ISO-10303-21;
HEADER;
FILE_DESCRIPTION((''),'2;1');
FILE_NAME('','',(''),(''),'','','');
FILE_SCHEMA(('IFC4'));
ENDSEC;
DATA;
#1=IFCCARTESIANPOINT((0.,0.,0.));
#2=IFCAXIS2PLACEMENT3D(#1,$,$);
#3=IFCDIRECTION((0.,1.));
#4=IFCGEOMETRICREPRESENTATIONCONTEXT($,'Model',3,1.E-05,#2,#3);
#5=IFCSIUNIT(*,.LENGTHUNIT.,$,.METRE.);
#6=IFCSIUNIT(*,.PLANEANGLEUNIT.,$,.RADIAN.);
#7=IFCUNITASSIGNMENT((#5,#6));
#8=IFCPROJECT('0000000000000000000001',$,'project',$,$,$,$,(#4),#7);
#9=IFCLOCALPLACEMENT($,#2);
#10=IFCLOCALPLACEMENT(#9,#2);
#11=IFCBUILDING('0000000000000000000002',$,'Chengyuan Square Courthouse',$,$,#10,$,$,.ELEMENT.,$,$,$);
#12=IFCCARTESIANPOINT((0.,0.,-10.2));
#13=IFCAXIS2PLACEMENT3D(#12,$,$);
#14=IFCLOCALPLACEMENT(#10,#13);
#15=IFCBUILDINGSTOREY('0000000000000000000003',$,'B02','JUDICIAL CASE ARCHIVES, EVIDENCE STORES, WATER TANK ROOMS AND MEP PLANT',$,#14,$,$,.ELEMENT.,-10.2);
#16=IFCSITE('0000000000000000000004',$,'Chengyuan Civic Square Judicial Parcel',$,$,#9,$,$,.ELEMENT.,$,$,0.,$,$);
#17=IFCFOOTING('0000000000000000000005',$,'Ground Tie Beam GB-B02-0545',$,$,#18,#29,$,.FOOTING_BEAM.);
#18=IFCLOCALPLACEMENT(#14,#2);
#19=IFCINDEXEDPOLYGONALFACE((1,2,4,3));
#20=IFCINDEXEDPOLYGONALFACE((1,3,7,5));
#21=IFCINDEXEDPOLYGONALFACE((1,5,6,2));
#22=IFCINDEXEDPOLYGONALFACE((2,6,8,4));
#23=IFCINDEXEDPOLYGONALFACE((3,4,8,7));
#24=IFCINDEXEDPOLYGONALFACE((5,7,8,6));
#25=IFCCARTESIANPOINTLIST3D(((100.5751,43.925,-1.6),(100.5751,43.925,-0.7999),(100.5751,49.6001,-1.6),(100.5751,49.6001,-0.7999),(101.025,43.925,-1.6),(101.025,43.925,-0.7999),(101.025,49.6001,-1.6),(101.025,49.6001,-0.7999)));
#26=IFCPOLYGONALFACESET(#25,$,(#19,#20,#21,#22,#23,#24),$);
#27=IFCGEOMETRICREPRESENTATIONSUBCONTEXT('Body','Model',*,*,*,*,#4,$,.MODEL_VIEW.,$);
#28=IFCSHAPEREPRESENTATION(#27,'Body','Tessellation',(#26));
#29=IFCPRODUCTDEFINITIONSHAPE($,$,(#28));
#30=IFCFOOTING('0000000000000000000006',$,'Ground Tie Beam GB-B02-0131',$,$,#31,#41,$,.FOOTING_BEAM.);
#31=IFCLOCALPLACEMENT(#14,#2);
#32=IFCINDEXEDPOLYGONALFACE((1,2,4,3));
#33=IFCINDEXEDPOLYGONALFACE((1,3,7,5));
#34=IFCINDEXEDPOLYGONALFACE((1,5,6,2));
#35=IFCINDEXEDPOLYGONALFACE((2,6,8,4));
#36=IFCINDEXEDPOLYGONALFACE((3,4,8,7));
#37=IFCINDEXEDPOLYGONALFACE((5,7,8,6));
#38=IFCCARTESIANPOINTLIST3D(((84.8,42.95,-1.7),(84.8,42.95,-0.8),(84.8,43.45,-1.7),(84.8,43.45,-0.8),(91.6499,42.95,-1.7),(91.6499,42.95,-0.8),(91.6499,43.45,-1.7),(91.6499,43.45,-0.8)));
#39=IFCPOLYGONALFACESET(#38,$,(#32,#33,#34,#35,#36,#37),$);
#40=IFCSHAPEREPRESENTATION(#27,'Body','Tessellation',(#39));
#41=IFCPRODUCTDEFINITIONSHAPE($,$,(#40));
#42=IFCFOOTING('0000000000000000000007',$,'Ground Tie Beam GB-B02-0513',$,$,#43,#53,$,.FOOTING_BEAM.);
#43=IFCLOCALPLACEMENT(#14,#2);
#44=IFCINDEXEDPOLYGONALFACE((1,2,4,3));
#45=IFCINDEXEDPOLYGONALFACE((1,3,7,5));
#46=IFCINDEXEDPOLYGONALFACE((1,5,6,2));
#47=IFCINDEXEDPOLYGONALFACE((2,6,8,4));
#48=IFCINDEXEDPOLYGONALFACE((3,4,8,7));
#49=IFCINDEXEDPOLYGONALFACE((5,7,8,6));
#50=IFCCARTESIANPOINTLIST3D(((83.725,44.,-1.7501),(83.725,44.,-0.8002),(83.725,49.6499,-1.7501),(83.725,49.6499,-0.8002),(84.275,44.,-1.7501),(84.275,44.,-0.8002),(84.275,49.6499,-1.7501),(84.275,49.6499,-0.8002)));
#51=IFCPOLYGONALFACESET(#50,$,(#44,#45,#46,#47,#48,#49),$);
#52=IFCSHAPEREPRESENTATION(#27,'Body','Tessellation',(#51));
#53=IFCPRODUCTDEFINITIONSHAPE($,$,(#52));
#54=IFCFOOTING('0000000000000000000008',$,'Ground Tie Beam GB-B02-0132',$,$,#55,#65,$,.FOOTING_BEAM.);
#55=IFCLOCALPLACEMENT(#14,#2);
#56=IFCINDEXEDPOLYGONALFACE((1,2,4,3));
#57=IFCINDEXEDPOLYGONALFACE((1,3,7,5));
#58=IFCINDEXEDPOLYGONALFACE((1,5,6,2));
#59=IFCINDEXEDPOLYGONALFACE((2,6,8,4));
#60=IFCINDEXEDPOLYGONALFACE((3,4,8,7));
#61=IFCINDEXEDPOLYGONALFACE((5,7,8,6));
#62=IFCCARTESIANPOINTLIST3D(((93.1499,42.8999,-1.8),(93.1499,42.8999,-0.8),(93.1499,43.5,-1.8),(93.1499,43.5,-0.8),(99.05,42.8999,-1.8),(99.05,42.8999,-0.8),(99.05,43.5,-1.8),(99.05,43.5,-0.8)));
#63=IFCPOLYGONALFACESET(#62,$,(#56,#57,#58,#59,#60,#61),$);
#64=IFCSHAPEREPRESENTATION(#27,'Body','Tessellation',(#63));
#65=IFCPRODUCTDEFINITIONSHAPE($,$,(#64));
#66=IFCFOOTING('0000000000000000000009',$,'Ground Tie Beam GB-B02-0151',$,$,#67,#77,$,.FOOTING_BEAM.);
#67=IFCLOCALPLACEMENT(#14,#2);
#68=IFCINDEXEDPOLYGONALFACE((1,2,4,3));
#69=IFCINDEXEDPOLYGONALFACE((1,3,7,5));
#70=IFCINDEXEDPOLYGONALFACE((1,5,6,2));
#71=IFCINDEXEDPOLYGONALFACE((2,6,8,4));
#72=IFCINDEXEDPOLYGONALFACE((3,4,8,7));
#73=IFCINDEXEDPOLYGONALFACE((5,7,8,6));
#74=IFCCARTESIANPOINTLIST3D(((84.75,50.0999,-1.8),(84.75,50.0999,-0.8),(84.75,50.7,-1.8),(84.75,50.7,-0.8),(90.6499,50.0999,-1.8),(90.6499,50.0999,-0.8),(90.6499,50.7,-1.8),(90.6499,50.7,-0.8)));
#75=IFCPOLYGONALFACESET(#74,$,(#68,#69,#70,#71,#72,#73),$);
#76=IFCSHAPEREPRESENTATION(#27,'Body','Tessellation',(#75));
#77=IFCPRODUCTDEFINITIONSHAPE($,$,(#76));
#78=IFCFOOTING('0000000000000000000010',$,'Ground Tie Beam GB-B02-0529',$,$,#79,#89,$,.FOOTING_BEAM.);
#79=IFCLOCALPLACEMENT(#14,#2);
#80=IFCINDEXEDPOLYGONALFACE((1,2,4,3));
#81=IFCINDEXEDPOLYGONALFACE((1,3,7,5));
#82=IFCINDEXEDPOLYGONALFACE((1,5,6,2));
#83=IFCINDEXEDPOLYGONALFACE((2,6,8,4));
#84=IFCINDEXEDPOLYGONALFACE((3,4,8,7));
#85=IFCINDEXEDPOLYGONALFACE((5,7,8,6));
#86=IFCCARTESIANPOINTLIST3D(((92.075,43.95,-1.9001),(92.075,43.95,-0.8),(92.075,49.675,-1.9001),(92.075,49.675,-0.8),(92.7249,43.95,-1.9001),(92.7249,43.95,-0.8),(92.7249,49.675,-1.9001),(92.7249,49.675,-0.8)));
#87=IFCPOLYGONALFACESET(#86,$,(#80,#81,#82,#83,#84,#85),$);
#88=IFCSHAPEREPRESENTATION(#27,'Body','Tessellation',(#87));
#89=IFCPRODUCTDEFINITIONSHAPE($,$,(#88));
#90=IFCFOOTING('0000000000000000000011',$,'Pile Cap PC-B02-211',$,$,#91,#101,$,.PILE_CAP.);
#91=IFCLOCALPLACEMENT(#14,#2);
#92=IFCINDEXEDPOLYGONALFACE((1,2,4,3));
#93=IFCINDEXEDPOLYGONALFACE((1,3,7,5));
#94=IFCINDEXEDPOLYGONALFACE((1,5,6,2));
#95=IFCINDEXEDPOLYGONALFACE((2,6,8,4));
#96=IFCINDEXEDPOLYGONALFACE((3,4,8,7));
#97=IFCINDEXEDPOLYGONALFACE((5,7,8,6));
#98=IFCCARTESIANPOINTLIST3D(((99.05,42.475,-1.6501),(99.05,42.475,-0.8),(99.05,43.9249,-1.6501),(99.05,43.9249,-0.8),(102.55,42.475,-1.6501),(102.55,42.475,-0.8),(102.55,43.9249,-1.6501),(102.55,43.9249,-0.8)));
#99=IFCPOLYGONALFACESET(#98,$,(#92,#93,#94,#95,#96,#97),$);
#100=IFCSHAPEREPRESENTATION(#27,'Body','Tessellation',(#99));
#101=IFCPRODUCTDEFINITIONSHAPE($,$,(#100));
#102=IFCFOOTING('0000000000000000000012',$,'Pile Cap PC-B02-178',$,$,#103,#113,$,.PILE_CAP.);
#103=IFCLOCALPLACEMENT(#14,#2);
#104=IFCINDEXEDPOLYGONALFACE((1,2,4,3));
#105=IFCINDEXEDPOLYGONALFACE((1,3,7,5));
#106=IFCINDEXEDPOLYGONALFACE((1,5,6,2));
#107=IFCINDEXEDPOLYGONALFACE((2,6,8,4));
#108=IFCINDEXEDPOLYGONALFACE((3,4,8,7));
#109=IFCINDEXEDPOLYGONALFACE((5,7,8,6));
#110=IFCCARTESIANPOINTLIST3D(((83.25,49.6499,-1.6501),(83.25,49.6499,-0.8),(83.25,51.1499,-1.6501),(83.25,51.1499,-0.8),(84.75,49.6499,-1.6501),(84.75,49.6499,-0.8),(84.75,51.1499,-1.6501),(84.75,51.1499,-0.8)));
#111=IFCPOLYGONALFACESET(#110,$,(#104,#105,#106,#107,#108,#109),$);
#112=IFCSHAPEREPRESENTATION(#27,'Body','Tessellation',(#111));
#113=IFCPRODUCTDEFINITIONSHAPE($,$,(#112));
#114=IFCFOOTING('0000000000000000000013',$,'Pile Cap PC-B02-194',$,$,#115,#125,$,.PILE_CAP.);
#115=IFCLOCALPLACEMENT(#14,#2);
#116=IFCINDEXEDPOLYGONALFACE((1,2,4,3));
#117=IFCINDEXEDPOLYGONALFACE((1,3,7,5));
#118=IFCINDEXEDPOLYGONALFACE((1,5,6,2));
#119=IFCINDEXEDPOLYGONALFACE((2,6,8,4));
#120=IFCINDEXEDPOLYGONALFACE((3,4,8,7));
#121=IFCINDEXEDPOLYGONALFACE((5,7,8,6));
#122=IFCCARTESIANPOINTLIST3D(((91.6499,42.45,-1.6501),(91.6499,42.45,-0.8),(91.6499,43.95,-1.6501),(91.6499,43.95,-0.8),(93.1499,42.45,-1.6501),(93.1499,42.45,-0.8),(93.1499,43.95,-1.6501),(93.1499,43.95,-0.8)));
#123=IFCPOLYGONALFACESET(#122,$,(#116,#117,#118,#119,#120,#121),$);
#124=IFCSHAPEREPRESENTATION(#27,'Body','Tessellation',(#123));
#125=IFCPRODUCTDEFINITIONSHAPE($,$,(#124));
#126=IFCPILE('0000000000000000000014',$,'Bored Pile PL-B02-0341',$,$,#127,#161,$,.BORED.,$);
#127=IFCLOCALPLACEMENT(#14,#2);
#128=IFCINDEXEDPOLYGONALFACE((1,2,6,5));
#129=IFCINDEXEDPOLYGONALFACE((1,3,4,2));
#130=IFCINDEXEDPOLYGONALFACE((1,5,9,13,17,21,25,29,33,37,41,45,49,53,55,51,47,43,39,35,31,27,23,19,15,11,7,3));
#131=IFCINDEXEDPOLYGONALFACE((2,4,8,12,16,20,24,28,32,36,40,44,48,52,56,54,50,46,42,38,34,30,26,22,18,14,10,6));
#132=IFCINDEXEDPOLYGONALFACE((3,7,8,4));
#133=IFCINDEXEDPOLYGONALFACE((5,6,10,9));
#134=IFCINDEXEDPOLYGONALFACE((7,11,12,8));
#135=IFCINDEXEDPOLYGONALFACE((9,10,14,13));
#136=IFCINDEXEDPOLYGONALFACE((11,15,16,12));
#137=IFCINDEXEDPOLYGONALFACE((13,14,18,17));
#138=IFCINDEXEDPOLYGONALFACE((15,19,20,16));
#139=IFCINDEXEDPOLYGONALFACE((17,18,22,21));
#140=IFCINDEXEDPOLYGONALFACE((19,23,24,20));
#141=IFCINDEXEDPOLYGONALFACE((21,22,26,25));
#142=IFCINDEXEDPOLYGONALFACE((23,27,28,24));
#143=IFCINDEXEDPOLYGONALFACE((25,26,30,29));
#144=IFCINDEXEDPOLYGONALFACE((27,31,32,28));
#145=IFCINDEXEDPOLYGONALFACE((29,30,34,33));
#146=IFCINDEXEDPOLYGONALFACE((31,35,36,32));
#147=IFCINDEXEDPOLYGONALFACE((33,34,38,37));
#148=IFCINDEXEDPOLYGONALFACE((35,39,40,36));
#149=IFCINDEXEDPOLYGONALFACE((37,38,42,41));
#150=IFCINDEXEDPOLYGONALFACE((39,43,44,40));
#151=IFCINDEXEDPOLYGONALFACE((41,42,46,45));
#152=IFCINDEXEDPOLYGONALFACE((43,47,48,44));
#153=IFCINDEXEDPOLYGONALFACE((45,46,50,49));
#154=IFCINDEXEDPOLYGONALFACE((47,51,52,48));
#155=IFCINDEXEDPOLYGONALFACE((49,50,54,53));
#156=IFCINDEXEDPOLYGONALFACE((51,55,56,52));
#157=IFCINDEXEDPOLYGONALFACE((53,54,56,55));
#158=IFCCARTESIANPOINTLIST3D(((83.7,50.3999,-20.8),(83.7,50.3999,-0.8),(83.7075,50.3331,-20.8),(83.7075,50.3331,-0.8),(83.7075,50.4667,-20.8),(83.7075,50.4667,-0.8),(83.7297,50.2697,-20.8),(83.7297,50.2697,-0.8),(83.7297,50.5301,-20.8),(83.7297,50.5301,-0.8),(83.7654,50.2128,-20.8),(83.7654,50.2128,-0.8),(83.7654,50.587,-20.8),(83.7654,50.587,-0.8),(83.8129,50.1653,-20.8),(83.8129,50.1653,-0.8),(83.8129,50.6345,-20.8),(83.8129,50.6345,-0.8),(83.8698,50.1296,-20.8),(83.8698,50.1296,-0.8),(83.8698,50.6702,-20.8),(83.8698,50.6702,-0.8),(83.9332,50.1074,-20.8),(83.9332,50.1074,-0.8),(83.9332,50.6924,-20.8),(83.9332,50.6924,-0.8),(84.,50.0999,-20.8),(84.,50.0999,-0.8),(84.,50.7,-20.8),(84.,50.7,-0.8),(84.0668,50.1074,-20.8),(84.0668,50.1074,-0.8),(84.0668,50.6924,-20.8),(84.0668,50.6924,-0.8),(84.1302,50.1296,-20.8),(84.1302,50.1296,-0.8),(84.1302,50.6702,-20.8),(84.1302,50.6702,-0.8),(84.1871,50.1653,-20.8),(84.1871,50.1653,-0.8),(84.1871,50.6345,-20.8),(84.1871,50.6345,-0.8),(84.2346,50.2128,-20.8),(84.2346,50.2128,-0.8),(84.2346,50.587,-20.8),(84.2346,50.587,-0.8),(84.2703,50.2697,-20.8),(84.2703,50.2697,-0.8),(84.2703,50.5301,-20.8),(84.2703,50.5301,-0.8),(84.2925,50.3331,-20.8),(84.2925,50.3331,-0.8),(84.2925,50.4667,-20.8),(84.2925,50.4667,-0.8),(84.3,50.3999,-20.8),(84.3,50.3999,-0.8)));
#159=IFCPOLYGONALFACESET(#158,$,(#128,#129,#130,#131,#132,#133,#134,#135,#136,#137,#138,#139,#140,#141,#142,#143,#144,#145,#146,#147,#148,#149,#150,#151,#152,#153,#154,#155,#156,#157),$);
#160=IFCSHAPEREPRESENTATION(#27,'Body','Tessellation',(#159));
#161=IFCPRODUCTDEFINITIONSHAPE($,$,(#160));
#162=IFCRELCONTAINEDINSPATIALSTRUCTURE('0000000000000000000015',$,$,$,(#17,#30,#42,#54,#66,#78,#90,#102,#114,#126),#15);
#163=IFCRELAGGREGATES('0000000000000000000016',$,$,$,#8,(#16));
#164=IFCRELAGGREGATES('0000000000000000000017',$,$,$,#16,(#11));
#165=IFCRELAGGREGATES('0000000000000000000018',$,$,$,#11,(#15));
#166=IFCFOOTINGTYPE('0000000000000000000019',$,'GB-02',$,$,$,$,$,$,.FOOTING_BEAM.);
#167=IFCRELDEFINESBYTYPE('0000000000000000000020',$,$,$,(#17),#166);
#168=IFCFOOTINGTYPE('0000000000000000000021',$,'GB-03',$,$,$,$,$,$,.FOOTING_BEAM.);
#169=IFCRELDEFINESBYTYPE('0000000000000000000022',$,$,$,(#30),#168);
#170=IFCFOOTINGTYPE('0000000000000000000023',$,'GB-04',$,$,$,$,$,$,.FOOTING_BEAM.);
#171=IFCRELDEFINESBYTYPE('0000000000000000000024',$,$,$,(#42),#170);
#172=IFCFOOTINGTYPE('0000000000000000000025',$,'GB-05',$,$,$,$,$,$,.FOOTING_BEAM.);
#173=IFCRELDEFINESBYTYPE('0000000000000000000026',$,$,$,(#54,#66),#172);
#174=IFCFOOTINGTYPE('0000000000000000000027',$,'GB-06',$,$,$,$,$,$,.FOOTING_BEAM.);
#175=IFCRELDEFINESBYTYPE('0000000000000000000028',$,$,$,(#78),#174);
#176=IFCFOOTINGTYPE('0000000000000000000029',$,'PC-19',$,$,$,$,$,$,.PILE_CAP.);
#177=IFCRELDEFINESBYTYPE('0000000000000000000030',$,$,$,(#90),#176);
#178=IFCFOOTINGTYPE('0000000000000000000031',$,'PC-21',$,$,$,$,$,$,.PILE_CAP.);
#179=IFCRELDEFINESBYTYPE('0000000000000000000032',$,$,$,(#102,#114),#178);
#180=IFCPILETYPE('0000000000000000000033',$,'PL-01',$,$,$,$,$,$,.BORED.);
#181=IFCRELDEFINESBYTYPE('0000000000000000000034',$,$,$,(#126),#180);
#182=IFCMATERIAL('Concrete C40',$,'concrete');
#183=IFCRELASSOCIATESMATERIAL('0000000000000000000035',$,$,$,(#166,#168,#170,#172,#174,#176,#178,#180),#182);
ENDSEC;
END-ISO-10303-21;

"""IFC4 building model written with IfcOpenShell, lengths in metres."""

from ifc_helpers import new_model, si_unit, direction, frame, origin, origin_2d, place, context, subcontext, project, spatial, rectangle, circle, extrude, material, material_profile, profile_set, type_object, element, save


model = new_model("IFC4")

# Units and contexts
model_context = context("Model", 3, precision=1e-05, world=origin(), true_north=direction((0.0, 1.0)))
body_context = subcontext(model_context, "Body", "Model", "MODEL_VIEW")
ifc_project = project(units=[si_unit("LENGTHUNIT", "METRE"), si_unit("PLANEANGLEUNIT", "RADIAN")], contexts=[model_context])

# Site, building, storey
site_placement = place(None, origin())
site = spatial("IfcSite", under=ifc_project, at=site_placement, Name="Chengyuan Civic Square Judicial Parcel", CompositionType="ELEMENT", RefElevation=0.0)
building_placement = place(site_placement, origin())
building = spatial("IfcBuilding", under=site, at=building_placement, Name="Chengyuan Square Courthouse", CompositionType="ELEMENT")
storey_placement = place(building_placement, frame((0.0, 0.0, -10.2)))
storey = spatial("IfcBuildingStorey", under=building, at=storey_placement, Name="B02", Description="JUDICIAL CASE ARCHIVES, EVIDENCE STORES, WATER TANK ROOMS AND MEP PLANT", CompositionType="ELEMENT", Elevation=-10.2)

# Footings
ifc_material_1 = material(Name="Concrete C40", Category="concrete")
ifc_material_profile_1 = material_profile(ifc_material_1, rectangle(XDim=0.45, YDim=0.8, at=origin_2d()), Name="GB-450x800")
ifc_profile_set_1 = profile_set([ifc_material_profile_1], Name="Concrete C40")
footing_type_1 = type_object("IfcFootingType", Name="GB-02", PredefinedType="FOOTING_BEAM", material=ifc_profile_set_1)
footing_1_placement = place(storey_placement, frame((100.8, 43.925, -1.2), z_axis=(0.0, 1.0, 0.0), x_axis=(-1.0, 0.0, 0.0)))
element("IfcFooting", 1, at=footing_1_placement, inside=storey, type_object=footing_type_1, Name="Ground Tie Beam GB-B02-0545", PredefinedType="FOOTING_BEAM", context=body_context, shape_type="SweptSolid", body=[
    extrude(rectangle(XDim=0.45, YDim=0.8, at=origin_2d()), origin(), (0.0, 0.0, 1.0), 5.675),
])
ifc_material_profile_2 = material_profile(ifc_material_1, rectangle(XDim=0.5, YDim=0.8999, at=origin_2d()), Name="GB-500x900")
ifc_profile_set_2 = profile_set([ifc_material_profile_2], Name="Concrete C40")
footing_type_2 = type_object("IfcFootingType", Name="GB-03", PredefinedType="FOOTING_BEAM", material=ifc_profile_set_2)
footing_2_placement = place(storey_placement, frame((84.8, 43.2, -1.25), z_axis=(1.0, 0.0, 0.0), x_axis=(0.0, 1.0, 0.0)))
element("IfcFooting", 2, at=footing_2_placement, inside=storey, type_object=footing_type_2, Name="Ground Tie Beam GB-B02-0131", PredefinedType="FOOTING_BEAM", context=body_context, shape_type="SweptSolid", body=[
    extrude(rectangle(XDim=0.5, YDim=0.8999, at=origin_2d()), origin(), (0.0, 0.0, 1.0), 6.8499),
])
ifc_material_profile_3 = material_profile(ifc_material_1, rectangle(XDim=0.55, YDim=0.95, at=origin_2d()), Name="GB-550x950")
ifc_profile_set_3 = profile_set([ifc_material_profile_3], Name="Concrete C40")
footing_type_3 = type_object("IfcFootingType", Name="GB-04", PredefinedType="FOOTING_BEAM", material=ifc_profile_set_3)
footing_3_placement = place(storey_placement, frame((84.0, 44.0, -1.2751), z_axis=(0.0, 1.0, 0.0), x_axis=(-1.0, 0.0, 0.0)))
element("IfcFooting", 3, at=footing_3_placement, inside=storey, type_object=footing_type_3, Name="Ground Tie Beam GB-B02-0513", PredefinedType="FOOTING_BEAM", context=body_context, shape_type="SweptSolid", body=[
    extrude(rectangle(XDim=0.55, YDim=0.95, at=origin_2d()), origin(), (0.0, 0.0, 1.0), 5.6499),
])
ifc_material_profile_4 = material_profile(ifc_material_1, rectangle(XDim=0.6001, YDim=1.0, at=origin_2d()), Name="GB-600x1000")
ifc_profile_set_4 = profile_set([ifc_material_profile_4], Name="Concrete C40")
footing_type_4 = type_object("IfcFootingType", Name="GB-05", PredefinedType="FOOTING_BEAM", material=ifc_profile_set_4)
footing_4_placement = place(storey_placement, frame((93.1499, 43.2, -1.3), z_axis=(1.0, 0.0, 0.0), x_axis=(0.0, 1.0, 0.0)))
element("IfcFooting", 4, at=footing_4_placement, inside=storey, type_object=footing_type_4, Name="Ground Tie Beam GB-B02-0132", PredefinedType="FOOTING_BEAM", context=body_context, shape_type="SweptSolid", body=[
    extrude(rectangle(XDim=0.6001, YDim=1.0, at=origin_2d()), origin(), (0.0, 0.0, 1.0), 5.9001),
])
footing_5_placement = place(storey_placement, frame((84.75, 50.3999, -1.3), z_axis=(1.0, 0.0, 0.0), x_axis=(0.0, 1.0, 0.0)))
element("IfcFooting", 5, at=footing_5_placement, inside=storey, type_object=footing_type_4, Name="Ground Tie Beam GB-B02-0151", PredefinedType="FOOTING_BEAM", context=body_context, shape_type="SweptSolid", body=[
    extrude(rectangle(XDim=0.6001, YDim=1.0, at=origin_2d()), origin(), (0.0, 0.0, 1.0), 5.8999),
])
ifc_material_profile_5 = material_profile(ifc_material_1, rectangle(XDim=0.6499, YDim=1.1001, at=origin_2d()), Name="GB-650x1100")
ifc_profile_set_5 = profile_set([ifc_material_profile_5], Name="Concrete C40")
footing_type_5 = type_object("IfcFootingType", Name="GB-06", PredefinedType="FOOTING_BEAM", material=ifc_profile_set_5)
footing_6_placement = place(storey_placement, frame((92.3999, 43.95, -1.3501), z_axis=(0.0, 1.0, 0.0), x_axis=(-1.0, 0.0, 0.0)))
element("IfcFooting", 6, at=footing_6_placement, inside=storey, type_object=footing_type_5, Name="Ground Tie Beam GB-B02-0529", PredefinedType="FOOTING_BEAM", context=body_context, shape_type="SweptSolid", body=[
    extrude(rectangle(XDim=0.6499, YDim=1.1001, at=origin_2d()), origin(), (0.0, 0.0, 1.0), 5.7251),
])
footing_type_6 = type_object("IfcFootingType", Name="PC-19", PredefinedType="PILE_CAP", material=ifc_material_1)
footing_7_placement = place(storey_placement, frame((100.8, 43.2, -1.6501), z_axis=(0.0, 0.0, 1.0), x_axis=(1.0, 0.0, 0.0)))
element("IfcFooting", 7, at=footing_7_placement, inside=storey, type_object=footing_type_6, Name="Pile Cap PC-B02-211", PredefinedType="PILE_CAP", context=body_context, shape_type="SweptSolid", body=[
    extrude(rectangle(XDim=3.5, YDim=1.45, at=origin_2d()), origin(), (0.0, 0.0, 1.0), 0.8501),
])
footing_type_7 = type_object("IfcFootingType", Name="PC-21", PredefinedType="PILE_CAP", material=ifc_material_1)
for number, where, z_axis, x_axis, name in (
    (8, (84.0, 50.3999, -1.6501), (0.0, 0.0, 1.0), (1.0, 0.0, 0.0), "Pile Cap PC-B02-178"),
    (9, (92.3999, 43.2, -1.6501), (0.0, 0.0, 1.0), (1.0, 0.0, 0.0), "Pile Cap PC-B02-194"),
):
    element("IfcFooting", number, at=place(storey_placement, frame(where, z_axis=z_axis, x_axis=x_axis)), inside=storey, type_object=footing_type_7, Name=name, PredefinedType="PILE_CAP", context=body_context, shape_type="SweptSolid", body=[
        extrude(rectangle(XDim=1.5, YDim=1.5, at=origin_2d()), origin(), (0.0, 0.0, 1.0), 0.8501),
    ])

# Pile
ifc_material_profile_6 = material_profile(ifc_material_1, circle(Radius=0.3, at=origin_2d()), Name="BORED PILE D600")
ifc_profile_set_6 = profile_set([ifc_material_profile_6], Name="Concrete C40")
pile_type_1 = type_object("IfcPileType", Name="PL-01", PredefinedType="BORED", material=ifc_profile_set_6)
for number, where, z_axis, x_axis, name in (
    (10, (84.0, 50.3999, -0.8), (0.0, 0.0, -1.0), (1.0, 0.0, 0.0), "Bored Pile PL-B02-0341"),
):
    element("IfcPile", number, at=place(storey_placement, frame(where, z_axis=z_axis, x_axis=x_axis)), inside=storey, type_object=pile_type_1, Name=name, PredefinedType="BORED", context=body_context, shape_type="SweptSolid", body=[
        extrude(circle(Radius=0.3, at=origin_2d()), origin(), (0.0, 0.0, 1.0), 20.0),
    ])

save(model, "model.ifc")
